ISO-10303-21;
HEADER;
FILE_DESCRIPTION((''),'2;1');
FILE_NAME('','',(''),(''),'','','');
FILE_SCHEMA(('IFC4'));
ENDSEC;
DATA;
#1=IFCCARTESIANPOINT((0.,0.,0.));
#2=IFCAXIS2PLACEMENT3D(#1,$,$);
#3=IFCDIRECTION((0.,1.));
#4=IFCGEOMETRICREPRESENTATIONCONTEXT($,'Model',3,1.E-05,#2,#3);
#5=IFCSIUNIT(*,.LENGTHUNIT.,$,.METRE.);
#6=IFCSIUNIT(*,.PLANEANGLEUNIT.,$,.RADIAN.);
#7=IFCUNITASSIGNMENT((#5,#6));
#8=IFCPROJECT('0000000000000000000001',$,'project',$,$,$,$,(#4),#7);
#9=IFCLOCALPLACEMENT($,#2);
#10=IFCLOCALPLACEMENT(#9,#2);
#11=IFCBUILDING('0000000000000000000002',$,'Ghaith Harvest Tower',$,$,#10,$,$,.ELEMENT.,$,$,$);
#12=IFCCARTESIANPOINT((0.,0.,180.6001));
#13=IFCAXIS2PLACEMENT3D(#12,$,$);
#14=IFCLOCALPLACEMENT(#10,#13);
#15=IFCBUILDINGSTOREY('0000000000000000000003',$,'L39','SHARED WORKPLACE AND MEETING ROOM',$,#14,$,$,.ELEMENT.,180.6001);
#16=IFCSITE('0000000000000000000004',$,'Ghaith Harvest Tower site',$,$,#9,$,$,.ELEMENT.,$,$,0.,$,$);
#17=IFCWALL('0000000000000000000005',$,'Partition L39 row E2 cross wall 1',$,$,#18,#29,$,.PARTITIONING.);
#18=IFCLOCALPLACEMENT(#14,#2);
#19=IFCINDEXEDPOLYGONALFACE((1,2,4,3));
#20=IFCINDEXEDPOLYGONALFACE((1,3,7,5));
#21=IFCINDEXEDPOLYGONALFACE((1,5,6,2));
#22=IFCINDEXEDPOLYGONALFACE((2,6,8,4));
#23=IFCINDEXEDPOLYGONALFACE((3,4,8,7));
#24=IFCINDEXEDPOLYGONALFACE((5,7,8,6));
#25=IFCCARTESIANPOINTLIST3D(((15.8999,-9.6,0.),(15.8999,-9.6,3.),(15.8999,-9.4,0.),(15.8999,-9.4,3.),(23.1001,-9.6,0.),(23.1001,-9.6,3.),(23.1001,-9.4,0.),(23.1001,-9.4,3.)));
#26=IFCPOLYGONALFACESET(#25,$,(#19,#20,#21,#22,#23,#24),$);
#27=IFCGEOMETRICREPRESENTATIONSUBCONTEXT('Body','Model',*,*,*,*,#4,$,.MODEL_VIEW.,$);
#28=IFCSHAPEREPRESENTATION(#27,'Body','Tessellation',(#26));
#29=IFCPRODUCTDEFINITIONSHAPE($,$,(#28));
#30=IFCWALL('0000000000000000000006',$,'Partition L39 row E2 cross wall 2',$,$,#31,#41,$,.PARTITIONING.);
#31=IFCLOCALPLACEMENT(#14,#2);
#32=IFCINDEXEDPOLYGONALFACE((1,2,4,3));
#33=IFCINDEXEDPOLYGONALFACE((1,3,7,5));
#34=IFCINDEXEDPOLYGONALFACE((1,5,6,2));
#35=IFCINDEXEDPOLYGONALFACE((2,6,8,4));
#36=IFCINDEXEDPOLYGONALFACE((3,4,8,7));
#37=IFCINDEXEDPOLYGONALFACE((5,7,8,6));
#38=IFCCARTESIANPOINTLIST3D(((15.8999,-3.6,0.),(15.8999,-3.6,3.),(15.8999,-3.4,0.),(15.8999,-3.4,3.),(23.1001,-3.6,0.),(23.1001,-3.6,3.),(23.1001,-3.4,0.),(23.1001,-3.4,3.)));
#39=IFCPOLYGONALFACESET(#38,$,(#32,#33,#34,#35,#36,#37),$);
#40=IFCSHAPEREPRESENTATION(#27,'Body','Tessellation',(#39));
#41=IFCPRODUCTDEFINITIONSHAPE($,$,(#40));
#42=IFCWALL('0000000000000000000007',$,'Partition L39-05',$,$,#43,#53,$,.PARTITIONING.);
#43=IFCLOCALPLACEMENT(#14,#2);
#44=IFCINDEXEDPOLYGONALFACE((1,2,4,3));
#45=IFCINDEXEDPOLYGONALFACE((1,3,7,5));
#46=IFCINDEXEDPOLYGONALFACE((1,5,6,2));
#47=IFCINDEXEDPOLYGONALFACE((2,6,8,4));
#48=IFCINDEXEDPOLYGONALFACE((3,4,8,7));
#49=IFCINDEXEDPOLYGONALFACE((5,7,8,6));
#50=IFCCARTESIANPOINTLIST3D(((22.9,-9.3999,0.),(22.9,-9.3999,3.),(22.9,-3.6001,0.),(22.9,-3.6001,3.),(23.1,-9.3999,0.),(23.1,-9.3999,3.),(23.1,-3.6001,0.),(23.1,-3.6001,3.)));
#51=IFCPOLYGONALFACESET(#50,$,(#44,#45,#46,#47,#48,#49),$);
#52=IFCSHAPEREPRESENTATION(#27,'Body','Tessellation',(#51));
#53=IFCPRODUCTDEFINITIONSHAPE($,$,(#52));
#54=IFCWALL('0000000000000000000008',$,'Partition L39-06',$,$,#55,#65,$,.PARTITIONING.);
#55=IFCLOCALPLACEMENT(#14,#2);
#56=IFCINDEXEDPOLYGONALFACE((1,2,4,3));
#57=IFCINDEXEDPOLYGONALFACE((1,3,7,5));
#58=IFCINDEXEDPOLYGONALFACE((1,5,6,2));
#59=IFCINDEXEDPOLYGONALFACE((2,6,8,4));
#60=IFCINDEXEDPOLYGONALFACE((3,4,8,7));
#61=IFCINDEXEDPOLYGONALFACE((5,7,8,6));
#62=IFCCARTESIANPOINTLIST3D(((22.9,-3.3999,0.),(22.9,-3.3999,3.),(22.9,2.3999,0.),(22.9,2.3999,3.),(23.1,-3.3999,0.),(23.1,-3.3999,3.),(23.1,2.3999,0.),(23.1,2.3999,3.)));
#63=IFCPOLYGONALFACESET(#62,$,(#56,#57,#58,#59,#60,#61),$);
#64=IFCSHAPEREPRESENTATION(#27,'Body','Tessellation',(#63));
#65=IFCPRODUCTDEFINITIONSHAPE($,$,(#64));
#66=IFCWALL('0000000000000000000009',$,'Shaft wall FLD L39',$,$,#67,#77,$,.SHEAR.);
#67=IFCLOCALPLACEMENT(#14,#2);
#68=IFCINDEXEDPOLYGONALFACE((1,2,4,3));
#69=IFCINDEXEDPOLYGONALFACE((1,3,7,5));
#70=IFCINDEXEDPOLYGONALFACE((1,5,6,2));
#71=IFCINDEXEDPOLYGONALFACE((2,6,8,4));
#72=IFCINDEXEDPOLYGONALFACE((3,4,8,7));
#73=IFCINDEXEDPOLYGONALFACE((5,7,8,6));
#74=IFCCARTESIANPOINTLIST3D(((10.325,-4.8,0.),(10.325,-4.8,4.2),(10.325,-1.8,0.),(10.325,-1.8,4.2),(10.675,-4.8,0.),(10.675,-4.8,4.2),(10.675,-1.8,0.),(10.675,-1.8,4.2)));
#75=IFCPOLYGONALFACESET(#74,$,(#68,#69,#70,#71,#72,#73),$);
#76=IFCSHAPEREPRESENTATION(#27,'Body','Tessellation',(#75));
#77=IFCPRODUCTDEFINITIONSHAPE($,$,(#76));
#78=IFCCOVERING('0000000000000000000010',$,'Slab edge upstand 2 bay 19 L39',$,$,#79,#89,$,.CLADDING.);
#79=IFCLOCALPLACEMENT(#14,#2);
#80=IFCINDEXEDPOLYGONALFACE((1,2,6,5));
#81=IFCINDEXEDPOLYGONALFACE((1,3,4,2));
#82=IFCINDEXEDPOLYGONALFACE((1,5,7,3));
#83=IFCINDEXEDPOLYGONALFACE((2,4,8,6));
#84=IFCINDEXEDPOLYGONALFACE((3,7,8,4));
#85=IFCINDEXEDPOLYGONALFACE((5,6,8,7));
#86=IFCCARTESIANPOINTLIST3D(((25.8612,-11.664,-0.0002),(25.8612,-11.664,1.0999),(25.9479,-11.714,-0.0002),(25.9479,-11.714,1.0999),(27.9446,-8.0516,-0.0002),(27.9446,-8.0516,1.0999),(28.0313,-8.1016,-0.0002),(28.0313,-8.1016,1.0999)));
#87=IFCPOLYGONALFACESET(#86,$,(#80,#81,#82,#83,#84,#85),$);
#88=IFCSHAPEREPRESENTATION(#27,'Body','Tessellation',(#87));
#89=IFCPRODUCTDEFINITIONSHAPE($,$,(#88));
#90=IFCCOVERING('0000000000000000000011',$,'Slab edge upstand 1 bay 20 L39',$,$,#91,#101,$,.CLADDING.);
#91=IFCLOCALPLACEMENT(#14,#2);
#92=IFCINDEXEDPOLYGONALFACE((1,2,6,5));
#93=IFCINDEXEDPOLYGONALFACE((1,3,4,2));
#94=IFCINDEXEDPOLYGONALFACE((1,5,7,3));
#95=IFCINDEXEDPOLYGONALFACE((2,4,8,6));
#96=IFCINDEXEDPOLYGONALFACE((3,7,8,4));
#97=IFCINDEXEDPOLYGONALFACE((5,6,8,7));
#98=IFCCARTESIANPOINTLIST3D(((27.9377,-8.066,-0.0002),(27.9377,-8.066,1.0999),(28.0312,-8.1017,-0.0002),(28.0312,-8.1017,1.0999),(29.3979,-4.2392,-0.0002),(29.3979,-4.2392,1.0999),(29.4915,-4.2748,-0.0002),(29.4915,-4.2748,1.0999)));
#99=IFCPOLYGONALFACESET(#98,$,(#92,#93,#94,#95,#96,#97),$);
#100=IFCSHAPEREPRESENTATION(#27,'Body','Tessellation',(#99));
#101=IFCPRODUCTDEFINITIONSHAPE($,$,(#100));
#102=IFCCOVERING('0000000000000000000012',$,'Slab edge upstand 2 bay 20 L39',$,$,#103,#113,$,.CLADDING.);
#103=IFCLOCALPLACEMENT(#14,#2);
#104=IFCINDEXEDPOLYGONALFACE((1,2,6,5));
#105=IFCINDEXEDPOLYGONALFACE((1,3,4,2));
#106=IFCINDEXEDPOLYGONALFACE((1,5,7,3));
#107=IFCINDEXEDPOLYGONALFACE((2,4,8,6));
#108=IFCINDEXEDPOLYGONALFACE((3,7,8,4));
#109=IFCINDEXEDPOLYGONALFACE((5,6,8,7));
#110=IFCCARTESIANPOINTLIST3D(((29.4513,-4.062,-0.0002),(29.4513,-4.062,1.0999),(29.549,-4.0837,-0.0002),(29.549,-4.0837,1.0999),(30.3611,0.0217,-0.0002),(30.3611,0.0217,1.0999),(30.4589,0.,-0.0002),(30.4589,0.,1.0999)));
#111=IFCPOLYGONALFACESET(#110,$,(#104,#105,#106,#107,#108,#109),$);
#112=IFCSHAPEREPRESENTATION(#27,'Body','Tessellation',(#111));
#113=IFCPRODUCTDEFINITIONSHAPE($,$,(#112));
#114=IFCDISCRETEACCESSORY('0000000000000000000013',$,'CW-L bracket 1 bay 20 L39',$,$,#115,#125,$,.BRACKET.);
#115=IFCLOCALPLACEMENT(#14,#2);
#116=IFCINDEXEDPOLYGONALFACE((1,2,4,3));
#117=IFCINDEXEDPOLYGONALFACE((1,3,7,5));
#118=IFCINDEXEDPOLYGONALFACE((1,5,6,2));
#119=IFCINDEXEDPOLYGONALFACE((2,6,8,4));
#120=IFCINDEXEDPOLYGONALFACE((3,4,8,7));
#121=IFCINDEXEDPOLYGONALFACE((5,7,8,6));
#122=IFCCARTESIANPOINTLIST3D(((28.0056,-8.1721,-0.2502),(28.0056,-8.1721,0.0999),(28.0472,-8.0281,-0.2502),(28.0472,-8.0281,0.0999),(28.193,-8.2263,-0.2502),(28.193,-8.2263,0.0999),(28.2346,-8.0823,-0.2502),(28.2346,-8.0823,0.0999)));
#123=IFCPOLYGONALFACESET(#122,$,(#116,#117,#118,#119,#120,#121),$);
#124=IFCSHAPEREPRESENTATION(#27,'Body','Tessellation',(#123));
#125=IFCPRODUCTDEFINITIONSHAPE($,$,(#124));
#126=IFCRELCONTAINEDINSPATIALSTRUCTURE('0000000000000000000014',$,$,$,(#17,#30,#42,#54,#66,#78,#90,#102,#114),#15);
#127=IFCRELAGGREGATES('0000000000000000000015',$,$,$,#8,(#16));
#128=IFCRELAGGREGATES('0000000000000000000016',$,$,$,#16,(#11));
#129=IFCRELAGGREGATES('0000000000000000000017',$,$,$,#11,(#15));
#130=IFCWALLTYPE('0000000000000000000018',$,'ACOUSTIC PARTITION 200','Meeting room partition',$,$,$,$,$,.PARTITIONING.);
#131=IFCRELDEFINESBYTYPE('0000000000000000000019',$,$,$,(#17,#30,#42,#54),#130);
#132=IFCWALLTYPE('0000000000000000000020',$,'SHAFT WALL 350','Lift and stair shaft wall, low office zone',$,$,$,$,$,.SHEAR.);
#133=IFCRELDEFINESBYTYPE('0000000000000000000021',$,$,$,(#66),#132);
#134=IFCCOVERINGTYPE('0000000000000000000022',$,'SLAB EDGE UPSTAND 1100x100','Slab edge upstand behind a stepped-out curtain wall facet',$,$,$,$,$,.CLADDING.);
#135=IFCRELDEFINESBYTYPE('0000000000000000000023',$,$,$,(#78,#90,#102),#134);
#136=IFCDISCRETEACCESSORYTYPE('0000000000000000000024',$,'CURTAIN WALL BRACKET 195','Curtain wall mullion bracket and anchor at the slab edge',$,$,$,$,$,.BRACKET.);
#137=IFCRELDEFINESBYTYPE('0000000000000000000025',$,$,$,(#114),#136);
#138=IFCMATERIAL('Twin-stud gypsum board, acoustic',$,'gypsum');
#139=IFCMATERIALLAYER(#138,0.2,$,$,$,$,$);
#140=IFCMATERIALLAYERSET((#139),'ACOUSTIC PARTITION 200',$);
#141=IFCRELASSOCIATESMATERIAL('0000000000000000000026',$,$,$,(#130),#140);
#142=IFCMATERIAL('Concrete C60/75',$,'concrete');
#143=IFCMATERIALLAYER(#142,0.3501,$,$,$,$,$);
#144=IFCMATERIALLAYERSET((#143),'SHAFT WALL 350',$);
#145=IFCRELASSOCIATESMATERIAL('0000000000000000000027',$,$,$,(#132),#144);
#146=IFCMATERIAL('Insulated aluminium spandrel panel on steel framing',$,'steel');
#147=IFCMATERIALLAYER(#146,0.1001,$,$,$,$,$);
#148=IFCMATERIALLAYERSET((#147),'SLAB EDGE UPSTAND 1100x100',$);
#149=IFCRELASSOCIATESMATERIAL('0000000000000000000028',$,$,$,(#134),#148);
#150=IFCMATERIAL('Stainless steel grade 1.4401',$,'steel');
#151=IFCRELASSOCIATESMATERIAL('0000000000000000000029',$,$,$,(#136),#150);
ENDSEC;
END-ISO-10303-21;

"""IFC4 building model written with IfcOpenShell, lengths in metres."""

from ifc_helpers import new_model, si_unit, direction, frame, frame_2d, origin, origin_2d, place, context, subcontext, project, spatial, rectangle, extrude, material, layer, layer_set, type_object, element, save


model = new_model("IFC4")

# Units and contexts
model_context = context("Model", 3, precision=1e-05, world=origin(), true_north=direction((0.0, 1.0)))
body_context = subcontext(model_context, "Body", "Model", "MODEL_VIEW")
ifc_project = project(units=[si_unit("LENGTHUNIT", "METRE"), si_unit("PLANEANGLEUNIT", "RADIAN")], contexts=[model_context])

# Site, building, storey
site_placement = place(None, origin())
site = spatial("IfcSite", under=ifc_project, at=site_placement, Name="Ghaith Harvest Tower site", CompositionType="ELEMENT", RefElevation=0.0)
building_placement = place(site_placement, origin())
building = spatial("IfcBuilding", under=site, at=building_placement, Name="Ghaith Harvest Tower", CompositionType="ELEMENT")
storey_placement = place(building_placement, frame((0.0, 0.0, 180.6001)))
storey = spatial("IfcBuildingStorey", under=building, at=storey_placement, Name="L39", Description="SHARED WORKPLACE AND MEETING ROOM", CompositionType="ELEMENT", Elevation=180.6001)

# Walls
ifc_material_1 = material(Name="Twin-stud gypsum board, acoustic", Category="gypsum")
ifc_layer_1 = layer(ifc_material_1, 0.2)
ifc_layer_set_1 = layer_set([ifc_layer_1], Name="ACOUSTIC PARTITION 200")
wall_type_1 = type_object("IfcWallType", Name="ACOUSTIC PARTITION 200", Description="Meeting room partition", PredefinedType="PARTITIONING", material=ifc_layer_set_1)
for number, where, z_axis, x_axis, name in (
    (1, (15.8999, -9.5, 0.0), (0.0, 0.0, 1.0), (1.0, 0.0, 0.0), "Partition L39 row E2 cross wall 1"),
    (2, (15.8999, -3.5, 0.0), (0.0, 0.0, 1.0), (1.0, 0.0, 0.0), "Partition L39 row E2 cross wall 2"),
):
    element("IfcWall", number, at=place(storey_placement, frame(where, z_axis=z_axis, x_axis=x_axis)), inside=storey, type_object=wall_type_1, Name=name, PredefinedType="PARTITIONING", context=body_context, shape_type="SweptSolid", body=[
        extrude(rectangle(XDim=7.2002, YDim=0.2, at=frame_2d((3.6001, 0.0))), origin(), (0.0, 0.0, 1.0), 3.0),
    ])

# Wall
wall_1_placement = place(storey_placement, frame((23.0, -9.3999, 0.0), z_axis=(0.0, 0.0, 1.0), x_axis=(0.0, 1.0, 0.0)))
element("IfcWall", 3, at=wall_1_placement, inside=storey, type_object=wall_type_1, Name="Partition L39-05", PredefinedType="PARTITIONING", context=body_context, shape_type="SweptSolid", body=[
    extrude(rectangle(XDim=5.7998, YDim=0.2, at=frame_2d((2.8999, 0.0))), origin(), (0.0, 0.0, 1.0), 3.0),
])

# Wall
wall_2_placement = place(storey_placement, frame((23.0, -3.3999, 0.0), z_axis=(0.0, 0.0, 1.0), x_axis=(0.0, 1.0, 0.0)))
element("IfcWall", 4, at=wall_2_placement, inside=storey, type_object=wall_type_1, Name="Partition L39-06", PredefinedType="PARTITIONING", context=body_context, shape_type="SweptSolid", body=[
    extrude(rectangle(XDim=5.7998, YDim=0.2, at=frame_2d((2.8999, 0.0))), origin(), (0.0, 0.0, 1.0), 3.0),
])

# Wall
ifc_material_2 = material(Name="Concrete C60/75", Category="concrete")
ifc_layer_2 = layer(ifc_material_2, 0.3501)
ifc_layer_set_2 = layer_set([ifc_layer_2], Name="SHAFT WALL 350")
wall_type_2 = type_object("IfcWallType", Name="SHAFT WALL 350", Description="Lift and stair shaft wall, low office zone", PredefinedType="SHEAR", material=ifc_layer_set_2)
wall_3_placement = place(storey_placement, frame((10.5, -4.8, 0.0), z_axis=(0.0, 0.0, 1.0), x_axis=(0.0, 1.0, 0.0)))
element("IfcWall", 5, at=wall_3_placement, inside=storey, type_object=wall_type_2, Name="Shaft wall FLD L39", PredefinedType="SHEAR", context=body_context, shape_type="SweptSolid", body=[
    extrude(rectangle(XDim=3.0, YDim=0.3501, at=frame_2d((1.5, 0.0))), origin(), (0.0, 0.0, 1.0), 4.2),
])

# Coverings
ifc_material_3 = material(Name="Insulated aluminium spandrel panel on steel framing", Category="steel")
ifc_layer_3 = layer(ifc_material_3, 0.1001)
ifc_layer_set_3 = layer_set([ifc_layer_3], Name="SLAB EDGE UPSTAND 1100x100")
covering_type = type_object("IfcCoveringType", Name="SLAB EDGE UPSTAND 1100x100", Description="Slab edge upstand behind a stepped-out curtain wall facet", PredefinedType="CLADDING", material=ifc_layer_set_3)
covering_1_placement = place(storey_placement, frame((26.9463, -9.8828, -0.0002), z_axis=(0.0, 0.0, 1.0), x_axis=(0.499596, 0.866258, 0.0)))
element("IfcCovering", 6, at=covering_1_placement, inside=storey, type_object=covering_type, Name="Slab edge upstand 2 bay 19 L39", PredefinedType="CLADDING", context=body_context, shape_type="SweptSolid", body=[
    extrude(rectangle(XDim=4.1702, YDim=0.1001, at=origin_2d()), origin(), (0.0, 0.0, 1.0), 1.1001),
])
covering_2_placement = place(storey_placement, frame((28.7146, -6.1704, -0.0002), z_axis=(0.0, 0.0, 1.0), x_axis=(0.356504, 0.934294, 0.0)))
element("IfcCovering", 7, at=covering_2_placement, inside=storey, type_object=covering_type, Name="Slab edge upstand 1 bay 20 L39", PredefinedType="CLADDING", context=body_context, shape_type="SweptSolid", body=[
    extrude(rectangle(XDim=4.0959, YDim=0.1001, at=origin_2d()), origin(), (0.0, 0.0, 1.0), 1.1001),
])
covering_3_placement = place(storey_placement, frame((29.9551, -2.031, -0.0002), z_axis=(0.0, 0.0, 1.0), x_axis=(0.217466, 0.976068, 0.0)))
element("IfcCovering", 8, at=covering_3_placement, inside=storey, type_object=covering_type, Name="Slab edge upstand 2 bay 20 L39", PredefinedType="CLADDING", context=body_context, shape_type="SweptSolid", body=[
    extrude(rectangle(XDim=4.1838, YDim=0.1001, at=origin_2d()), origin(), (0.0, 0.0, 1.0), 1.1001),
])

# Discrete accessory
ifc_material_4 = material(Name="Stainless steel grade 1.4401", Category="steel")
discrete_accessory_type = type_object("IfcDiscreteAccessoryType", Name="CURTAIN WALL BRACKET 195", Description="Curtain wall mullion bracket and anchor at the slab edge", PredefinedType="BRACKET", material=ifc_material_4)
discrete_accessory_placement = place(storey_placement, frame((28.1201, -8.1272, -0.2502), z_axis=(0.0, 0.0, 1.0), x_axis=(0.96068, -0.277657, 0.0)))
element("IfcDiscreteAccessory", 9, at=discrete_accessory_placement, inside=storey, type_object=discrete_accessory_type, Name="CW-L bracket 1 bay 20 L39", PredefinedType="BRACKET", context=body_context, shape_type="SweptSolid", body=[
    extrude(rectangle(XDim=0.1951, YDim=0.1499, at=origin_2d()), origin(), (0.0, 0.0, 1.0), 0.3501),
])

save(model, "model.ifc")
